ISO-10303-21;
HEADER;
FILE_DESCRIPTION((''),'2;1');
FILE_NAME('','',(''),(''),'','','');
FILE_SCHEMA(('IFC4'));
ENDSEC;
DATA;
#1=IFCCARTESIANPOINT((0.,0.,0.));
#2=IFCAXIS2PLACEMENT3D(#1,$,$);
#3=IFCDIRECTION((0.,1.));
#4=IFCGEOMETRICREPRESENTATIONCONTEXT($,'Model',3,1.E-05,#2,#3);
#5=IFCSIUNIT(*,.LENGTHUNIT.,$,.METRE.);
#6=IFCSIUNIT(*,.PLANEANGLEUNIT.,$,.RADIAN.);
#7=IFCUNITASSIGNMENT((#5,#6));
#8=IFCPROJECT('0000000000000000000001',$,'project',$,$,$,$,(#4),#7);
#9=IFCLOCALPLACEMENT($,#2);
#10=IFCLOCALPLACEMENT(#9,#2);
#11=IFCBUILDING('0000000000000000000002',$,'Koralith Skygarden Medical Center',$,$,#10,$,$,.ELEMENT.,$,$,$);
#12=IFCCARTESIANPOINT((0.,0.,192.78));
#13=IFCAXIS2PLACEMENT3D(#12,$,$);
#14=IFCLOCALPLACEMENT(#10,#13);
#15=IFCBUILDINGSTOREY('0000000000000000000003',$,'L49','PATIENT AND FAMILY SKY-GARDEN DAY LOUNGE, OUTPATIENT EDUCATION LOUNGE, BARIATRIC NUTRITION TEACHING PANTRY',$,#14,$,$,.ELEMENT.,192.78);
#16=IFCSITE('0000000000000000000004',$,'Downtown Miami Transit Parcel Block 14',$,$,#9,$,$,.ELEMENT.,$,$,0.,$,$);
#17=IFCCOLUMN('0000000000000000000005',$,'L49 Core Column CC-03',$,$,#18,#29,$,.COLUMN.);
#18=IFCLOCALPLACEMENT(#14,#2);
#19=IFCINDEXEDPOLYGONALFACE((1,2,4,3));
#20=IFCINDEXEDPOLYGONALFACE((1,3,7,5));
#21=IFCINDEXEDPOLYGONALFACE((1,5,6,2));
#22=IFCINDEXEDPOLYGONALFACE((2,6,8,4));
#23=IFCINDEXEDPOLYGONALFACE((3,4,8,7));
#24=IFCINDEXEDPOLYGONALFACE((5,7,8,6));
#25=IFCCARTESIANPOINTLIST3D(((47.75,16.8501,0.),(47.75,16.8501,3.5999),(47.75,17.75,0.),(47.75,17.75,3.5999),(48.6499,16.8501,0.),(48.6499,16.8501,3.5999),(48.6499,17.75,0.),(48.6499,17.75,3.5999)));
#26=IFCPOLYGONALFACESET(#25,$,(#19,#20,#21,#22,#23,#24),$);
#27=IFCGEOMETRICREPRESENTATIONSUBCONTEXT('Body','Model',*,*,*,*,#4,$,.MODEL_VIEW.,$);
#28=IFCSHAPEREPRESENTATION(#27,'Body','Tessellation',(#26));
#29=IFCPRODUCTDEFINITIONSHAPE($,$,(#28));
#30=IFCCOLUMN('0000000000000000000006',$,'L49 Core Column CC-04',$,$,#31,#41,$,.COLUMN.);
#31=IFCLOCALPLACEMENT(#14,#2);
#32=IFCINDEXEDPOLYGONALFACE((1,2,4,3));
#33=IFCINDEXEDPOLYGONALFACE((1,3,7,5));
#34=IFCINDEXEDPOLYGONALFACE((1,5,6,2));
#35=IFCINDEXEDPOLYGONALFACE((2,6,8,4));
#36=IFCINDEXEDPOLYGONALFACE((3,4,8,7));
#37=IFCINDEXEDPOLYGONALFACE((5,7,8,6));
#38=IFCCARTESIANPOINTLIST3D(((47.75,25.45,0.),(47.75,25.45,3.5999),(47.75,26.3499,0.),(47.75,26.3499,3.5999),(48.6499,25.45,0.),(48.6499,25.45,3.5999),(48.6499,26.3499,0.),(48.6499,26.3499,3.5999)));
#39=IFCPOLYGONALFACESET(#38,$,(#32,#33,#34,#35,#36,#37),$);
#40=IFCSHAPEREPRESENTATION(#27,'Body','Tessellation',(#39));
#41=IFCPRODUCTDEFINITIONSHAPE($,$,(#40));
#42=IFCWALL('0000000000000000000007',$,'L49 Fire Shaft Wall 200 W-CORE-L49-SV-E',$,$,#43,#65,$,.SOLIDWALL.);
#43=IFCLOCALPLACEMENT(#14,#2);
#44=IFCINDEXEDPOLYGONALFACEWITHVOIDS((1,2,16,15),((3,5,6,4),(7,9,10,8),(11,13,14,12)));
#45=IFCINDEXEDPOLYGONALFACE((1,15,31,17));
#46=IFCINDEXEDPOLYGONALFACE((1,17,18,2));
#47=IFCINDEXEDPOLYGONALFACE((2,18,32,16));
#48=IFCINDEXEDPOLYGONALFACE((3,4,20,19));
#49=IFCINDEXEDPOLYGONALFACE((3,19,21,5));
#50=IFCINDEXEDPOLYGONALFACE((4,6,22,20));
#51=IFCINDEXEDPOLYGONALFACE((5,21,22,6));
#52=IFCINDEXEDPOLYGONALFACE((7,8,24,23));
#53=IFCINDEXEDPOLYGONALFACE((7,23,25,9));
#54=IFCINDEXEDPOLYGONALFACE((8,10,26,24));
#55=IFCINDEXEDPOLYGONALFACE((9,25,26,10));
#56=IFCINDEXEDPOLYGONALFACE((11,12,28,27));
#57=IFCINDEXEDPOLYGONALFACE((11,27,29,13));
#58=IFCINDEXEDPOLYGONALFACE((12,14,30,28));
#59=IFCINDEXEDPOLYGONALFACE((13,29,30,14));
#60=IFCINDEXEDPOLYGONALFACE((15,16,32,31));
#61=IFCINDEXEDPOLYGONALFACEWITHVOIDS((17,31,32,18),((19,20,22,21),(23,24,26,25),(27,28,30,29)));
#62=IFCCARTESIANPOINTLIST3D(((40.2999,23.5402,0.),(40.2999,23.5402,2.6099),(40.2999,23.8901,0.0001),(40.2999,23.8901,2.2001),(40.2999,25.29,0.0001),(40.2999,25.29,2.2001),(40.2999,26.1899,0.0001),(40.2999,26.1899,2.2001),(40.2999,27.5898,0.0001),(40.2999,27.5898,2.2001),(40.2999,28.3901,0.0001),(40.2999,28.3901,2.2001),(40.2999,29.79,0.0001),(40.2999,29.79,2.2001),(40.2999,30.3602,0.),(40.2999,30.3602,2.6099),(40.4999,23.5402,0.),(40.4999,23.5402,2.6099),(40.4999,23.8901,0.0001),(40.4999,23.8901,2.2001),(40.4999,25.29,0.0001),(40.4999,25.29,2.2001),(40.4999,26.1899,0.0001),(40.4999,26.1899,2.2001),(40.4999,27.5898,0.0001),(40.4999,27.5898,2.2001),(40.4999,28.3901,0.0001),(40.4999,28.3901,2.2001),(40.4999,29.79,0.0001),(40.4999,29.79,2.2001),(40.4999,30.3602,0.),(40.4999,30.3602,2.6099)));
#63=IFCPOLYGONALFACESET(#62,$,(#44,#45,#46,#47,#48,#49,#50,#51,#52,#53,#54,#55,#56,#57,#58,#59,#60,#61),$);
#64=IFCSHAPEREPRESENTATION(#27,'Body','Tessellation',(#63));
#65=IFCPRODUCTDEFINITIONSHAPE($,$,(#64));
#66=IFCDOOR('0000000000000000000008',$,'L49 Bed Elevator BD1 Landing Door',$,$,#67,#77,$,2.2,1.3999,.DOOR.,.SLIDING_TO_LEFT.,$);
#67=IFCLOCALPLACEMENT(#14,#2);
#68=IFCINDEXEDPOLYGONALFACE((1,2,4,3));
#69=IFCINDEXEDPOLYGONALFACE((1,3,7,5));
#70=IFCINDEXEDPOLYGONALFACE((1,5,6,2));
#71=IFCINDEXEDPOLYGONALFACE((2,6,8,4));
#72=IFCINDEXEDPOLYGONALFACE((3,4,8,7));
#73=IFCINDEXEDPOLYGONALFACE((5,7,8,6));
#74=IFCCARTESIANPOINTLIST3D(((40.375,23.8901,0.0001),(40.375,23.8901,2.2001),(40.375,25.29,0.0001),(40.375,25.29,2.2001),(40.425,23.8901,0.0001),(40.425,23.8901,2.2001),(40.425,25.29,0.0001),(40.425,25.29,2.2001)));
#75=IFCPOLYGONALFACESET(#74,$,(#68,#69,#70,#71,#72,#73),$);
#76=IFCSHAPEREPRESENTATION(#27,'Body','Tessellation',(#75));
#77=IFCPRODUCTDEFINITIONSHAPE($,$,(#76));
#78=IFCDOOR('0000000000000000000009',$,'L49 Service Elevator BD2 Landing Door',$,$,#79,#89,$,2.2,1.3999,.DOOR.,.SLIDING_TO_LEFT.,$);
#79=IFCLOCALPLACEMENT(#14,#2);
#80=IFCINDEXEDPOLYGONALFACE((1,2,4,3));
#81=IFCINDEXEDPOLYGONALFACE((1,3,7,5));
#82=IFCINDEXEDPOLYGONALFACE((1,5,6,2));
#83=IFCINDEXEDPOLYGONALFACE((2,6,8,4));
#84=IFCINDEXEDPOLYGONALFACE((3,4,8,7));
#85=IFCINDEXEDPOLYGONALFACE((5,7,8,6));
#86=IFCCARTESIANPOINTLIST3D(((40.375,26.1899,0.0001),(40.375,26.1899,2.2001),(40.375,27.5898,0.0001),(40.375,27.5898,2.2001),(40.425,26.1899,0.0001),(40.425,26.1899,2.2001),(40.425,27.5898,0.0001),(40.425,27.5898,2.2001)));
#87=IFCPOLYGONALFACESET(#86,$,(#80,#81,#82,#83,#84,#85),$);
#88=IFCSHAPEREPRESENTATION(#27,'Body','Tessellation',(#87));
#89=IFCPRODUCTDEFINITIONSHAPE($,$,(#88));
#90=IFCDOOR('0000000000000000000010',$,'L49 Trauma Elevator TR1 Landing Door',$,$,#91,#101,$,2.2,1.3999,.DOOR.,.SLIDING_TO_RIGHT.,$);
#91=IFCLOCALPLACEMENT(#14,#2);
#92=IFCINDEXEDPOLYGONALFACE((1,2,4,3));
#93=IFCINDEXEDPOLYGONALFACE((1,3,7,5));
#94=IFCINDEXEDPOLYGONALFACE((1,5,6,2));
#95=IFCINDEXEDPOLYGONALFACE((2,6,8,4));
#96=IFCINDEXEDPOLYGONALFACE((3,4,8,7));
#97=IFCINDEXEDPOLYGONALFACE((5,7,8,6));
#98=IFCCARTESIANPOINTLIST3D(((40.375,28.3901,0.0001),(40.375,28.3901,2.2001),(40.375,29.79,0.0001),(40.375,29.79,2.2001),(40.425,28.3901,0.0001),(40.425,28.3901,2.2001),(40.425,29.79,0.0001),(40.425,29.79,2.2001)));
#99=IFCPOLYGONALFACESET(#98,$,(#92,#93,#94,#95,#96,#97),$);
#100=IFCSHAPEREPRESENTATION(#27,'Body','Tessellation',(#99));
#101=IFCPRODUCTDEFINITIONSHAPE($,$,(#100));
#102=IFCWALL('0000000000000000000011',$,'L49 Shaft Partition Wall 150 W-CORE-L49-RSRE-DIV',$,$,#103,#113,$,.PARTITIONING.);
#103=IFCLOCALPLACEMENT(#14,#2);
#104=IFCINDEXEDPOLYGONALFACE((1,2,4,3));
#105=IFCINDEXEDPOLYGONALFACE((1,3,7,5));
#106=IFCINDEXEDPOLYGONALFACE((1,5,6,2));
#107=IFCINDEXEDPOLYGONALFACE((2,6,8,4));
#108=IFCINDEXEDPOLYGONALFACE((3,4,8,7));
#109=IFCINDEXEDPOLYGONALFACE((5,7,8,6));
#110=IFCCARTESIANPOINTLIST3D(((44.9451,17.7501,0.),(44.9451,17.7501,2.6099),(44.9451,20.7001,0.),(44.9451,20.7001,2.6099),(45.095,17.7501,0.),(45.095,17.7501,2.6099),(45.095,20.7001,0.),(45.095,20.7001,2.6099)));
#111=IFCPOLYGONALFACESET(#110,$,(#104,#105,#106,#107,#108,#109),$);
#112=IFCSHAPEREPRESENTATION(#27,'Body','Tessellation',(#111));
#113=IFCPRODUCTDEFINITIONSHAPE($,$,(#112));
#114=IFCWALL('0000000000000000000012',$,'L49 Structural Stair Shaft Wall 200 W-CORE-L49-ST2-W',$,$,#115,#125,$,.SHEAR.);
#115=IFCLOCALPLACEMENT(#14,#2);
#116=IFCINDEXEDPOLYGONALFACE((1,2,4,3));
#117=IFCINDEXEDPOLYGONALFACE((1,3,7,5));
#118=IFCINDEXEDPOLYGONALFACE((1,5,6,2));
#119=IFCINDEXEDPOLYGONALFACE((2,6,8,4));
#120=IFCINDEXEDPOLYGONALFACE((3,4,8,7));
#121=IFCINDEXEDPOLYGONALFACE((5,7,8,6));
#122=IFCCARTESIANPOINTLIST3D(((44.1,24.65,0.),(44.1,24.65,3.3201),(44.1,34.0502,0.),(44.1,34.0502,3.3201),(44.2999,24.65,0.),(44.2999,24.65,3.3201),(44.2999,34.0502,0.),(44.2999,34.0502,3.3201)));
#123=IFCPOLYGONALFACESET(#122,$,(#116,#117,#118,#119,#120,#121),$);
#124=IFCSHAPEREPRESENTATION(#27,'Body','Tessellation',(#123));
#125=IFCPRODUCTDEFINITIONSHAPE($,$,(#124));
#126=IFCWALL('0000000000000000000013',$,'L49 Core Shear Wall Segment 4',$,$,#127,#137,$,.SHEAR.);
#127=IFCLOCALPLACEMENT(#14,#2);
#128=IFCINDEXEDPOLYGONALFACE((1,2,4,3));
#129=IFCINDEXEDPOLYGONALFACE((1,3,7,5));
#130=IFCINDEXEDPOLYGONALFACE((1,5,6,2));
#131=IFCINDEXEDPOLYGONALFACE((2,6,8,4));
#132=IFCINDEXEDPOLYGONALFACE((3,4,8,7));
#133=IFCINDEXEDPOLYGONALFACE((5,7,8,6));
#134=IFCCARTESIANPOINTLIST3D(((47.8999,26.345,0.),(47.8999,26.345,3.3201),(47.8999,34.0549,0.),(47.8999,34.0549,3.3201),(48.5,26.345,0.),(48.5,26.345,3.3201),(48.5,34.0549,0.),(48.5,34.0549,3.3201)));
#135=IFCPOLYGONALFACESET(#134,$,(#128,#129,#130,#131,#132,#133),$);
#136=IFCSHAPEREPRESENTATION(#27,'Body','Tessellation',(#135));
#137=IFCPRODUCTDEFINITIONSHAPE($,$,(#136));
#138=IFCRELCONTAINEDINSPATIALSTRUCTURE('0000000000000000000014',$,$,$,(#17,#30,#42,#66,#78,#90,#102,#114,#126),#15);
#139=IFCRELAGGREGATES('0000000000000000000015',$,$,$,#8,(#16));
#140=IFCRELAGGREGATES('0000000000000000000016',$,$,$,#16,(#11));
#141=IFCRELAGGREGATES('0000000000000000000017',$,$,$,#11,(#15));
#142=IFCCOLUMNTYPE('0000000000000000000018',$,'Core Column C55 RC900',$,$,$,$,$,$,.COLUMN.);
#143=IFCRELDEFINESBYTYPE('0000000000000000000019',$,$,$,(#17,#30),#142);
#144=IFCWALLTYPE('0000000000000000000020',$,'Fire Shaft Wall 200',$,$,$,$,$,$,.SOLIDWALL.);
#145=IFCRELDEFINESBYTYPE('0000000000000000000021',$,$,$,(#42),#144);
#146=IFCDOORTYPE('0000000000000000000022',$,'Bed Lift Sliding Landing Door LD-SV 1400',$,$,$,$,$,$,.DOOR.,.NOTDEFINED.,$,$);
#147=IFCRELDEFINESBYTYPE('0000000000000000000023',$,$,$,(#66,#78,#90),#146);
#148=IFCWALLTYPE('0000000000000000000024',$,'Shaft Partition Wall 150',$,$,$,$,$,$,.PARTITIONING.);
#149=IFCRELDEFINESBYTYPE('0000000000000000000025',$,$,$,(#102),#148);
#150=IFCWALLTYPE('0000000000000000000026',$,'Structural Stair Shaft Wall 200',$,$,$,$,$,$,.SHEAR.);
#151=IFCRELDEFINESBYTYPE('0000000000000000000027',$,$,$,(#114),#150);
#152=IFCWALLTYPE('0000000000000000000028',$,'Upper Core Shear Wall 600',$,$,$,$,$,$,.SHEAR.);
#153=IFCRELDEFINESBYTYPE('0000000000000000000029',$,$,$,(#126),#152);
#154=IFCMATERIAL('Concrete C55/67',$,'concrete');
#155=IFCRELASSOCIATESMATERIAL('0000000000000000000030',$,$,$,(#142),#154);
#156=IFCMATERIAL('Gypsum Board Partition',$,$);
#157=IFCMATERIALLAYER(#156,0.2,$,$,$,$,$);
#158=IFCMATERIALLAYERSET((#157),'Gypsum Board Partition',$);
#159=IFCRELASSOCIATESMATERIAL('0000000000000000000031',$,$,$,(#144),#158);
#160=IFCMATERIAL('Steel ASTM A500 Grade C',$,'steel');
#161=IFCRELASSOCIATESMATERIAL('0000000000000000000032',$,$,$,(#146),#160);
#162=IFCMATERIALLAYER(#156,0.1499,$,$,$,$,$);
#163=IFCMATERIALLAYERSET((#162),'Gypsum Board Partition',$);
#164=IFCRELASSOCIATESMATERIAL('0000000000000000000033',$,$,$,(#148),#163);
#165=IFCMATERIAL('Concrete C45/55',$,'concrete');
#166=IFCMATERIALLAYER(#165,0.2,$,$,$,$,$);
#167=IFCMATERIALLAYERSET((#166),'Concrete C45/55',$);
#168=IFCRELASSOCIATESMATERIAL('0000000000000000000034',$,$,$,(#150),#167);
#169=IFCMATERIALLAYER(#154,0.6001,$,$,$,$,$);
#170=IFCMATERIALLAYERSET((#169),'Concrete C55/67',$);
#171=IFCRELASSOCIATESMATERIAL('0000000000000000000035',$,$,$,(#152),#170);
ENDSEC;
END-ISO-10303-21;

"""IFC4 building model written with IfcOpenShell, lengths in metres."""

from ifc_helpers import new_model, si_unit, direction, frame, frame_2d, origin, origin_2d, place, context, subcontext, project, spatial, rectangle, extrude, material, layer, layer_set, material_profile, profile_set, type_object, element, fill, save


model = new_model("IFC4")

# Units and contexts
model_context = context("Model", 3, precision=1e-05, world=origin(), true_north=direction((0.0, 1.0)))
body_context = subcontext(model_context, "Body", "Model", "MODEL_VIEW")
ifc_project = project(units=[si_unit("LENGTHUNIT", "METRE"), si_unit("PLANEANGLEUNIT", "RADIAN")], contexts=[model_context])

# Site, building, storey
site_placement = place(None, origin())
site = spatial("IfcSite", under=ifc_project, at=site_placement, Name="Downtown Miami Transit Parcel Block 14", CompositionType="ELEMENT", RefElevation=0.0)
building_placement = place(site_placement, origin())
building = spatial("IfcBuilding", under=site, at=building_placement, Name="Koralith Skygarden Medical Center", CompositionType="ELEMENT")
storey_placement = place(building_placement, frame((0.0, 0.0, 192.78)))
storey = spatial("IfcBuildingStorey", under=building, at=storey_placement, Name="L49", Description="PATIENT AND FAMILY SKY-GARDEN DAY LOUNGE, OUTPATIENT EDUCATION LOUNGE, BARIATRIC NUTRITION TEACHING PANTRY", CompositionType="ELEMENT", Elevation=192.78)

# Columns
ifc_material_1 = material(Name="Concrete C55/67", Category="concrete")
ifc_material_profile = material_profile(ifc_material_1, rectangle(XDim=0.8999, YDim=0.8999, at=origin_2d()), Name="RC900X900")
ifc_profile_set = profile_set([ifc_material_profile], Name="Concrete C55/67")
column_type = type_object("IfcColumnType", Name="Core Column C55 RC900", PredefinedType="COLUMN", material=ifc_profile_set)
for number, where, z_axis, x_axis, name in (
    (1, (48.2, 17.3, 0.0), (0.0, 0.0, 1.0), (1.0, 0.0, 0.0), "L49 Core Column CC-03"),
    (2, (48.2, 25.8999, 0.0), (0.0, 0.0, 1.0), (1.0, 0.0, 0.0), "L49 Core Column CC-04"),
):
    element("IfcColumn", number, at=place(storey_placement, frame(where, z_axis=z_axis, x_axis=x_axis)), inside=storey, type_object=column_type, Name=name, PredefinedType="COLUMN", context=body_context, shape_type="SweptSolid", body=[
        extrude(rectangle(XDim=0.8999, YDim=0.8999, at=origin_2d()), origin(), (0.0, 0.0, 1.0), 3.5999),
    ])

# Shared definitions
ifc_material_2 = material(Name="Gypsum Board Partition")
ifc_layer_1 = layer(ifc_material_2, 0.2)
ifc_layer_set_1 = layer_set([ifc_layer_1], Name="Gypsum Board Partition")
wall_type_1 = type_object("IfcWallType", Name="Fire Shaft Wall 200", PredefinedType="SOLIDWALL", material=ifc_layer_set_1)
ifc_material_3 = material(Name="Steel ASTM A500 Grade C", Category="steel")

# Wall, openings, doors
wall_1_placement = place(storey_placement, frame((40.3999, 23.54, 0.0), z_axis=(0.0, 0.0, 1.0), x_axis=(0.0, 1.0, 0.0)))
wall_1 = element("IfcWall", 3, at=wall_1_placement, inside=storey, type_object=wall_type_1, Name="L49 Fire Shaft Wall 200 W-CORE-L49-SV-E", PredefinedType="SOLIDWALL", context=body_context, shape_type="SweptSolid", body=[
    extrude(rectangle(XDim=6.8201, YDim=0.2, at=frame_2d((3.4102, 0.0))), origin(), (0.0, 0.0, 1.0), 2.6099),
])
opening_1_placement = place(wall_1_placement, frame((0.3501, 0.0, 0.0)))
opening_1 = element("IfcOpeningElement", 4, at=opening_1_placement, cuts=wall_1, PredefinedType="OPENING", context=body_context, shape_type="SweptSolid", body=[
    extrude(rectangle(XDim=1.3999, YDim=2.2, at=frame_2d((0.7, 1.1001))), frame((0.0, 0.1099, 0.0), z_axis=(0.0, -1.0, 0.0), x_axis=(1.0, 0.0, 0.0)), (0.0, 0.0, 1.0), 0.22),
])
opening_2_placement = place(wall_1_placement, frame((2.6499, 0.0, 0.0)))
opening_2 = element("IfcOpeningElement", 5, at=opening_2_placement, cuts=wall_1, PredefinedType="OPENING", context=body_context, shape_type="SweptSolid", body=[
    extrude(rectangle(XDim=1.3999, YDim=2.2, at=frame_2d((0.7, 1.1001))), frame((0.0, 0.1099, 0.0), z_axis=(0.0, -1.0, 0.0), x_axis=(1.0, 0.0, 0.0)), (0.0, 0.0, 1.0), 0.22),
])
opening_3_placement = place(wall_1_placement, frame((4.8501, 0.0, 0.0)))
opening_3 = element("IfcOpeningElement", 6, at=opening_3_placement, cuts=wall_1, PredefinedType="OPENING", context=body_context, shape_type="SweptSolid", body=[
    extrude(rectangle(XDim=1.3999, YDim=2.2, at=frame_2d((0.7, 1.1001))), frame((0.0, 0.1099, 0.0), z_axis=(0.0, -1.0, 0.0), x_axis=(1.0, 0.0, 0.0)), (0.0, 0.0, 1.0), 0.22),
])
door_type_1 = type_object("IfcDoorType", Name="Bed Lift Sliding Landing Door LD-SV 1400", OperationType="NOTDEFINED", PredefinedType="DOOR", material=ifc_material_3)
door_1_placement = place(opening_1_placement, origin())
door_1 = element("IfcDoor", 7, at=door_1_placement, inside=storey, type_object=door_type_1, Name="L49 Bed Elevator BD1 Landing Door", OperationType="SLIDING_TO_LEFT", OverallHeight=2.2, OverallWidth=1.3999, PredefinedType="DOOR", context=body_context, shape_type="SweptSolid", body=[
    extrude(rectangle(XDim=1.3999, YDim=2.2, at=frame_2d((0.7, 1.1001))), frame((0.0, 0.0249, 0.0), z_axis=(0.0, -1.0, 0.0), x_axis=(1.0, 0.0, 0.0)), (0.0, 0.0, 1.0), 0.05),
])
fill(opening_1, door_1)
door_2_placement = place(opening_2_placement, origin())
door_2 = element("IfcDoor", 8, at=door_2_placement, inside=storey, type_object=door_type_1, Name="L49 Service Elevator BD2 Landing Door", OperationType="SLIDING_TO_LEFT", OverallHeight=2.2, OverallWidth=1.3999, PredefinedType="DOOR", context=body_context, shape_type="SweptSolid", body=[
    extrude(rectangle(XDim=1.3999, YDim=2.2, at=frame_2d((0.7, 1.1001))), frame((0.0, 0.0249, 0.0), z_axis=(0.0, -1.0, 0.0), x_axis=(1.0, 0.0, 0.0)), (0.0, 0.0, 1.0), 0.05),
])
fill(opening_2, door_2)
door_3_placement = place(opening_3_placement, origin())
door_3 = element("IfcDoor", 9, at=door_3_placement, inside=storey, type_object=door_type_1, Name="L49 Trauma Elevator TR1 Landing Door", OperationType="SLIDING_TO_RIGHT", OverallHeight=2.2, OverallWidth=1.3999, PredefinedType="DOOR", context=body_context, shape_type="SweptSolid", body=[
    extrude(rectangle(XDim=1.3999, YDim=2.2, at=frame_2d((0.7, 1.1001))), frame((0.0, 0.0249, 0.0), z_axis=(0.0, -1.0, 0.0), x_axis=(1.0, 0.0, 0.0)), (0.0, 0.0, 1.0), 0.05),
])
fill(opening_3, door_3)

# Walls
ifc_layer_2 = layer(ifc_material_2, 0.1499)
ifc_layer_set_2 = layer_set([ifc_layer_2], Name="Gypsum Board Partition")
wall_type_2 = type_object("IfcWallType", Name="Shaft Partition Wall 150", PredefinedType="PARTITIONING", material=ifc_layer_set_2)
wall_2_placement = place(storey_placement, frame((45.02, 17.75, 0.0), z_axis=(0.0, 0.0, 1.0), x_axis=(0.0, 1.0, 0.0)))
element("IfcWall", 10, at=wall_2_placement, inside=storey, type_object=wall_type_2, Name="L49 Shaft Partition Wall 150 W-CORE-L49-RSRE-DIV", PredefinedType="PARTITIONING", context=body_context, shape_type="SweptSolid", body=[
    extrude(rectangle(XDim=2.95, YDim=0.1499, at=frame_2d((1.4751, 0.0))), origin(), (0.0, 0.0, 1.0), 2.6099),
])
ifc_material_4 = material(Name="Concrete C45/55", Category="concrete")
ifc_layer_3 = layer(ifc_material_4, 0.2)
ifc_layer_set_3 = layer_set([ifc_layer_3], Name="Concrete C45/55")
wall_type_3 = type_object("IfcWallType", Name="Structural Stair Shaft Wall 200", PredefinedType="SHEAR", material=ifc_layer_set_3)
wall_3_placement = place(storey_placement, frame((44.2, 24.6499, 0.0), z_axis=(0.0, 0.0, 1.0), x_axis=(0.0, 1.0, 0.0)))
element("IfcWall", 11, at=wall_3_placement, inside=storey, type_object=wall_type_3, Name="L49 Structural Stair Shaft Wall 200 W-CORE-L49-ST2-W", PredefinedType="SHEAR", context=body_context, shape_type="SweptSolid", body=[
    extrude(rectangle(XDim=9.4001, YDim=0.2, at=frame_2d((4.7002, 0.0))), origin(), (0.0, 0.0, 1.0), 3.3201),
])

# Shared definitions
ifc_layer_4 = layer(ifc_material_1, 0.6001)
ifc_layer_set_4 = layer_set([ifc_layer_4], Name="Concrete C55/67")
wall_type_4 = type_object("IfcWallType", Name="Upper Core Shear Wall 600", PredefinedType="SHEAR", material=ifc_layer_set_4)

# Wall
wall_4_placement = place(storey_placement, frame((48.2, 26.345, 0.0), z_axis=(0.0, 0.0, 1.0), x_axis=(0.0, 1.0, 0.0)))
element("IfcWall", 12, at=wall_4_placement, inside=storey, type_object=wall_type_4, Name="L49 Core Shear Wall Segment 4", PredefinedType="SHEAR", context=body_context, shape_type="SweptSolid", body=[
    extrude(rectangle(XDim=7.71, YDim=0.6001, at=frame_2d((3.855, 0.0))), origin(), (0.0, 0.0, 1.0), 3.3201),
])

save(model, "model.ifc")
